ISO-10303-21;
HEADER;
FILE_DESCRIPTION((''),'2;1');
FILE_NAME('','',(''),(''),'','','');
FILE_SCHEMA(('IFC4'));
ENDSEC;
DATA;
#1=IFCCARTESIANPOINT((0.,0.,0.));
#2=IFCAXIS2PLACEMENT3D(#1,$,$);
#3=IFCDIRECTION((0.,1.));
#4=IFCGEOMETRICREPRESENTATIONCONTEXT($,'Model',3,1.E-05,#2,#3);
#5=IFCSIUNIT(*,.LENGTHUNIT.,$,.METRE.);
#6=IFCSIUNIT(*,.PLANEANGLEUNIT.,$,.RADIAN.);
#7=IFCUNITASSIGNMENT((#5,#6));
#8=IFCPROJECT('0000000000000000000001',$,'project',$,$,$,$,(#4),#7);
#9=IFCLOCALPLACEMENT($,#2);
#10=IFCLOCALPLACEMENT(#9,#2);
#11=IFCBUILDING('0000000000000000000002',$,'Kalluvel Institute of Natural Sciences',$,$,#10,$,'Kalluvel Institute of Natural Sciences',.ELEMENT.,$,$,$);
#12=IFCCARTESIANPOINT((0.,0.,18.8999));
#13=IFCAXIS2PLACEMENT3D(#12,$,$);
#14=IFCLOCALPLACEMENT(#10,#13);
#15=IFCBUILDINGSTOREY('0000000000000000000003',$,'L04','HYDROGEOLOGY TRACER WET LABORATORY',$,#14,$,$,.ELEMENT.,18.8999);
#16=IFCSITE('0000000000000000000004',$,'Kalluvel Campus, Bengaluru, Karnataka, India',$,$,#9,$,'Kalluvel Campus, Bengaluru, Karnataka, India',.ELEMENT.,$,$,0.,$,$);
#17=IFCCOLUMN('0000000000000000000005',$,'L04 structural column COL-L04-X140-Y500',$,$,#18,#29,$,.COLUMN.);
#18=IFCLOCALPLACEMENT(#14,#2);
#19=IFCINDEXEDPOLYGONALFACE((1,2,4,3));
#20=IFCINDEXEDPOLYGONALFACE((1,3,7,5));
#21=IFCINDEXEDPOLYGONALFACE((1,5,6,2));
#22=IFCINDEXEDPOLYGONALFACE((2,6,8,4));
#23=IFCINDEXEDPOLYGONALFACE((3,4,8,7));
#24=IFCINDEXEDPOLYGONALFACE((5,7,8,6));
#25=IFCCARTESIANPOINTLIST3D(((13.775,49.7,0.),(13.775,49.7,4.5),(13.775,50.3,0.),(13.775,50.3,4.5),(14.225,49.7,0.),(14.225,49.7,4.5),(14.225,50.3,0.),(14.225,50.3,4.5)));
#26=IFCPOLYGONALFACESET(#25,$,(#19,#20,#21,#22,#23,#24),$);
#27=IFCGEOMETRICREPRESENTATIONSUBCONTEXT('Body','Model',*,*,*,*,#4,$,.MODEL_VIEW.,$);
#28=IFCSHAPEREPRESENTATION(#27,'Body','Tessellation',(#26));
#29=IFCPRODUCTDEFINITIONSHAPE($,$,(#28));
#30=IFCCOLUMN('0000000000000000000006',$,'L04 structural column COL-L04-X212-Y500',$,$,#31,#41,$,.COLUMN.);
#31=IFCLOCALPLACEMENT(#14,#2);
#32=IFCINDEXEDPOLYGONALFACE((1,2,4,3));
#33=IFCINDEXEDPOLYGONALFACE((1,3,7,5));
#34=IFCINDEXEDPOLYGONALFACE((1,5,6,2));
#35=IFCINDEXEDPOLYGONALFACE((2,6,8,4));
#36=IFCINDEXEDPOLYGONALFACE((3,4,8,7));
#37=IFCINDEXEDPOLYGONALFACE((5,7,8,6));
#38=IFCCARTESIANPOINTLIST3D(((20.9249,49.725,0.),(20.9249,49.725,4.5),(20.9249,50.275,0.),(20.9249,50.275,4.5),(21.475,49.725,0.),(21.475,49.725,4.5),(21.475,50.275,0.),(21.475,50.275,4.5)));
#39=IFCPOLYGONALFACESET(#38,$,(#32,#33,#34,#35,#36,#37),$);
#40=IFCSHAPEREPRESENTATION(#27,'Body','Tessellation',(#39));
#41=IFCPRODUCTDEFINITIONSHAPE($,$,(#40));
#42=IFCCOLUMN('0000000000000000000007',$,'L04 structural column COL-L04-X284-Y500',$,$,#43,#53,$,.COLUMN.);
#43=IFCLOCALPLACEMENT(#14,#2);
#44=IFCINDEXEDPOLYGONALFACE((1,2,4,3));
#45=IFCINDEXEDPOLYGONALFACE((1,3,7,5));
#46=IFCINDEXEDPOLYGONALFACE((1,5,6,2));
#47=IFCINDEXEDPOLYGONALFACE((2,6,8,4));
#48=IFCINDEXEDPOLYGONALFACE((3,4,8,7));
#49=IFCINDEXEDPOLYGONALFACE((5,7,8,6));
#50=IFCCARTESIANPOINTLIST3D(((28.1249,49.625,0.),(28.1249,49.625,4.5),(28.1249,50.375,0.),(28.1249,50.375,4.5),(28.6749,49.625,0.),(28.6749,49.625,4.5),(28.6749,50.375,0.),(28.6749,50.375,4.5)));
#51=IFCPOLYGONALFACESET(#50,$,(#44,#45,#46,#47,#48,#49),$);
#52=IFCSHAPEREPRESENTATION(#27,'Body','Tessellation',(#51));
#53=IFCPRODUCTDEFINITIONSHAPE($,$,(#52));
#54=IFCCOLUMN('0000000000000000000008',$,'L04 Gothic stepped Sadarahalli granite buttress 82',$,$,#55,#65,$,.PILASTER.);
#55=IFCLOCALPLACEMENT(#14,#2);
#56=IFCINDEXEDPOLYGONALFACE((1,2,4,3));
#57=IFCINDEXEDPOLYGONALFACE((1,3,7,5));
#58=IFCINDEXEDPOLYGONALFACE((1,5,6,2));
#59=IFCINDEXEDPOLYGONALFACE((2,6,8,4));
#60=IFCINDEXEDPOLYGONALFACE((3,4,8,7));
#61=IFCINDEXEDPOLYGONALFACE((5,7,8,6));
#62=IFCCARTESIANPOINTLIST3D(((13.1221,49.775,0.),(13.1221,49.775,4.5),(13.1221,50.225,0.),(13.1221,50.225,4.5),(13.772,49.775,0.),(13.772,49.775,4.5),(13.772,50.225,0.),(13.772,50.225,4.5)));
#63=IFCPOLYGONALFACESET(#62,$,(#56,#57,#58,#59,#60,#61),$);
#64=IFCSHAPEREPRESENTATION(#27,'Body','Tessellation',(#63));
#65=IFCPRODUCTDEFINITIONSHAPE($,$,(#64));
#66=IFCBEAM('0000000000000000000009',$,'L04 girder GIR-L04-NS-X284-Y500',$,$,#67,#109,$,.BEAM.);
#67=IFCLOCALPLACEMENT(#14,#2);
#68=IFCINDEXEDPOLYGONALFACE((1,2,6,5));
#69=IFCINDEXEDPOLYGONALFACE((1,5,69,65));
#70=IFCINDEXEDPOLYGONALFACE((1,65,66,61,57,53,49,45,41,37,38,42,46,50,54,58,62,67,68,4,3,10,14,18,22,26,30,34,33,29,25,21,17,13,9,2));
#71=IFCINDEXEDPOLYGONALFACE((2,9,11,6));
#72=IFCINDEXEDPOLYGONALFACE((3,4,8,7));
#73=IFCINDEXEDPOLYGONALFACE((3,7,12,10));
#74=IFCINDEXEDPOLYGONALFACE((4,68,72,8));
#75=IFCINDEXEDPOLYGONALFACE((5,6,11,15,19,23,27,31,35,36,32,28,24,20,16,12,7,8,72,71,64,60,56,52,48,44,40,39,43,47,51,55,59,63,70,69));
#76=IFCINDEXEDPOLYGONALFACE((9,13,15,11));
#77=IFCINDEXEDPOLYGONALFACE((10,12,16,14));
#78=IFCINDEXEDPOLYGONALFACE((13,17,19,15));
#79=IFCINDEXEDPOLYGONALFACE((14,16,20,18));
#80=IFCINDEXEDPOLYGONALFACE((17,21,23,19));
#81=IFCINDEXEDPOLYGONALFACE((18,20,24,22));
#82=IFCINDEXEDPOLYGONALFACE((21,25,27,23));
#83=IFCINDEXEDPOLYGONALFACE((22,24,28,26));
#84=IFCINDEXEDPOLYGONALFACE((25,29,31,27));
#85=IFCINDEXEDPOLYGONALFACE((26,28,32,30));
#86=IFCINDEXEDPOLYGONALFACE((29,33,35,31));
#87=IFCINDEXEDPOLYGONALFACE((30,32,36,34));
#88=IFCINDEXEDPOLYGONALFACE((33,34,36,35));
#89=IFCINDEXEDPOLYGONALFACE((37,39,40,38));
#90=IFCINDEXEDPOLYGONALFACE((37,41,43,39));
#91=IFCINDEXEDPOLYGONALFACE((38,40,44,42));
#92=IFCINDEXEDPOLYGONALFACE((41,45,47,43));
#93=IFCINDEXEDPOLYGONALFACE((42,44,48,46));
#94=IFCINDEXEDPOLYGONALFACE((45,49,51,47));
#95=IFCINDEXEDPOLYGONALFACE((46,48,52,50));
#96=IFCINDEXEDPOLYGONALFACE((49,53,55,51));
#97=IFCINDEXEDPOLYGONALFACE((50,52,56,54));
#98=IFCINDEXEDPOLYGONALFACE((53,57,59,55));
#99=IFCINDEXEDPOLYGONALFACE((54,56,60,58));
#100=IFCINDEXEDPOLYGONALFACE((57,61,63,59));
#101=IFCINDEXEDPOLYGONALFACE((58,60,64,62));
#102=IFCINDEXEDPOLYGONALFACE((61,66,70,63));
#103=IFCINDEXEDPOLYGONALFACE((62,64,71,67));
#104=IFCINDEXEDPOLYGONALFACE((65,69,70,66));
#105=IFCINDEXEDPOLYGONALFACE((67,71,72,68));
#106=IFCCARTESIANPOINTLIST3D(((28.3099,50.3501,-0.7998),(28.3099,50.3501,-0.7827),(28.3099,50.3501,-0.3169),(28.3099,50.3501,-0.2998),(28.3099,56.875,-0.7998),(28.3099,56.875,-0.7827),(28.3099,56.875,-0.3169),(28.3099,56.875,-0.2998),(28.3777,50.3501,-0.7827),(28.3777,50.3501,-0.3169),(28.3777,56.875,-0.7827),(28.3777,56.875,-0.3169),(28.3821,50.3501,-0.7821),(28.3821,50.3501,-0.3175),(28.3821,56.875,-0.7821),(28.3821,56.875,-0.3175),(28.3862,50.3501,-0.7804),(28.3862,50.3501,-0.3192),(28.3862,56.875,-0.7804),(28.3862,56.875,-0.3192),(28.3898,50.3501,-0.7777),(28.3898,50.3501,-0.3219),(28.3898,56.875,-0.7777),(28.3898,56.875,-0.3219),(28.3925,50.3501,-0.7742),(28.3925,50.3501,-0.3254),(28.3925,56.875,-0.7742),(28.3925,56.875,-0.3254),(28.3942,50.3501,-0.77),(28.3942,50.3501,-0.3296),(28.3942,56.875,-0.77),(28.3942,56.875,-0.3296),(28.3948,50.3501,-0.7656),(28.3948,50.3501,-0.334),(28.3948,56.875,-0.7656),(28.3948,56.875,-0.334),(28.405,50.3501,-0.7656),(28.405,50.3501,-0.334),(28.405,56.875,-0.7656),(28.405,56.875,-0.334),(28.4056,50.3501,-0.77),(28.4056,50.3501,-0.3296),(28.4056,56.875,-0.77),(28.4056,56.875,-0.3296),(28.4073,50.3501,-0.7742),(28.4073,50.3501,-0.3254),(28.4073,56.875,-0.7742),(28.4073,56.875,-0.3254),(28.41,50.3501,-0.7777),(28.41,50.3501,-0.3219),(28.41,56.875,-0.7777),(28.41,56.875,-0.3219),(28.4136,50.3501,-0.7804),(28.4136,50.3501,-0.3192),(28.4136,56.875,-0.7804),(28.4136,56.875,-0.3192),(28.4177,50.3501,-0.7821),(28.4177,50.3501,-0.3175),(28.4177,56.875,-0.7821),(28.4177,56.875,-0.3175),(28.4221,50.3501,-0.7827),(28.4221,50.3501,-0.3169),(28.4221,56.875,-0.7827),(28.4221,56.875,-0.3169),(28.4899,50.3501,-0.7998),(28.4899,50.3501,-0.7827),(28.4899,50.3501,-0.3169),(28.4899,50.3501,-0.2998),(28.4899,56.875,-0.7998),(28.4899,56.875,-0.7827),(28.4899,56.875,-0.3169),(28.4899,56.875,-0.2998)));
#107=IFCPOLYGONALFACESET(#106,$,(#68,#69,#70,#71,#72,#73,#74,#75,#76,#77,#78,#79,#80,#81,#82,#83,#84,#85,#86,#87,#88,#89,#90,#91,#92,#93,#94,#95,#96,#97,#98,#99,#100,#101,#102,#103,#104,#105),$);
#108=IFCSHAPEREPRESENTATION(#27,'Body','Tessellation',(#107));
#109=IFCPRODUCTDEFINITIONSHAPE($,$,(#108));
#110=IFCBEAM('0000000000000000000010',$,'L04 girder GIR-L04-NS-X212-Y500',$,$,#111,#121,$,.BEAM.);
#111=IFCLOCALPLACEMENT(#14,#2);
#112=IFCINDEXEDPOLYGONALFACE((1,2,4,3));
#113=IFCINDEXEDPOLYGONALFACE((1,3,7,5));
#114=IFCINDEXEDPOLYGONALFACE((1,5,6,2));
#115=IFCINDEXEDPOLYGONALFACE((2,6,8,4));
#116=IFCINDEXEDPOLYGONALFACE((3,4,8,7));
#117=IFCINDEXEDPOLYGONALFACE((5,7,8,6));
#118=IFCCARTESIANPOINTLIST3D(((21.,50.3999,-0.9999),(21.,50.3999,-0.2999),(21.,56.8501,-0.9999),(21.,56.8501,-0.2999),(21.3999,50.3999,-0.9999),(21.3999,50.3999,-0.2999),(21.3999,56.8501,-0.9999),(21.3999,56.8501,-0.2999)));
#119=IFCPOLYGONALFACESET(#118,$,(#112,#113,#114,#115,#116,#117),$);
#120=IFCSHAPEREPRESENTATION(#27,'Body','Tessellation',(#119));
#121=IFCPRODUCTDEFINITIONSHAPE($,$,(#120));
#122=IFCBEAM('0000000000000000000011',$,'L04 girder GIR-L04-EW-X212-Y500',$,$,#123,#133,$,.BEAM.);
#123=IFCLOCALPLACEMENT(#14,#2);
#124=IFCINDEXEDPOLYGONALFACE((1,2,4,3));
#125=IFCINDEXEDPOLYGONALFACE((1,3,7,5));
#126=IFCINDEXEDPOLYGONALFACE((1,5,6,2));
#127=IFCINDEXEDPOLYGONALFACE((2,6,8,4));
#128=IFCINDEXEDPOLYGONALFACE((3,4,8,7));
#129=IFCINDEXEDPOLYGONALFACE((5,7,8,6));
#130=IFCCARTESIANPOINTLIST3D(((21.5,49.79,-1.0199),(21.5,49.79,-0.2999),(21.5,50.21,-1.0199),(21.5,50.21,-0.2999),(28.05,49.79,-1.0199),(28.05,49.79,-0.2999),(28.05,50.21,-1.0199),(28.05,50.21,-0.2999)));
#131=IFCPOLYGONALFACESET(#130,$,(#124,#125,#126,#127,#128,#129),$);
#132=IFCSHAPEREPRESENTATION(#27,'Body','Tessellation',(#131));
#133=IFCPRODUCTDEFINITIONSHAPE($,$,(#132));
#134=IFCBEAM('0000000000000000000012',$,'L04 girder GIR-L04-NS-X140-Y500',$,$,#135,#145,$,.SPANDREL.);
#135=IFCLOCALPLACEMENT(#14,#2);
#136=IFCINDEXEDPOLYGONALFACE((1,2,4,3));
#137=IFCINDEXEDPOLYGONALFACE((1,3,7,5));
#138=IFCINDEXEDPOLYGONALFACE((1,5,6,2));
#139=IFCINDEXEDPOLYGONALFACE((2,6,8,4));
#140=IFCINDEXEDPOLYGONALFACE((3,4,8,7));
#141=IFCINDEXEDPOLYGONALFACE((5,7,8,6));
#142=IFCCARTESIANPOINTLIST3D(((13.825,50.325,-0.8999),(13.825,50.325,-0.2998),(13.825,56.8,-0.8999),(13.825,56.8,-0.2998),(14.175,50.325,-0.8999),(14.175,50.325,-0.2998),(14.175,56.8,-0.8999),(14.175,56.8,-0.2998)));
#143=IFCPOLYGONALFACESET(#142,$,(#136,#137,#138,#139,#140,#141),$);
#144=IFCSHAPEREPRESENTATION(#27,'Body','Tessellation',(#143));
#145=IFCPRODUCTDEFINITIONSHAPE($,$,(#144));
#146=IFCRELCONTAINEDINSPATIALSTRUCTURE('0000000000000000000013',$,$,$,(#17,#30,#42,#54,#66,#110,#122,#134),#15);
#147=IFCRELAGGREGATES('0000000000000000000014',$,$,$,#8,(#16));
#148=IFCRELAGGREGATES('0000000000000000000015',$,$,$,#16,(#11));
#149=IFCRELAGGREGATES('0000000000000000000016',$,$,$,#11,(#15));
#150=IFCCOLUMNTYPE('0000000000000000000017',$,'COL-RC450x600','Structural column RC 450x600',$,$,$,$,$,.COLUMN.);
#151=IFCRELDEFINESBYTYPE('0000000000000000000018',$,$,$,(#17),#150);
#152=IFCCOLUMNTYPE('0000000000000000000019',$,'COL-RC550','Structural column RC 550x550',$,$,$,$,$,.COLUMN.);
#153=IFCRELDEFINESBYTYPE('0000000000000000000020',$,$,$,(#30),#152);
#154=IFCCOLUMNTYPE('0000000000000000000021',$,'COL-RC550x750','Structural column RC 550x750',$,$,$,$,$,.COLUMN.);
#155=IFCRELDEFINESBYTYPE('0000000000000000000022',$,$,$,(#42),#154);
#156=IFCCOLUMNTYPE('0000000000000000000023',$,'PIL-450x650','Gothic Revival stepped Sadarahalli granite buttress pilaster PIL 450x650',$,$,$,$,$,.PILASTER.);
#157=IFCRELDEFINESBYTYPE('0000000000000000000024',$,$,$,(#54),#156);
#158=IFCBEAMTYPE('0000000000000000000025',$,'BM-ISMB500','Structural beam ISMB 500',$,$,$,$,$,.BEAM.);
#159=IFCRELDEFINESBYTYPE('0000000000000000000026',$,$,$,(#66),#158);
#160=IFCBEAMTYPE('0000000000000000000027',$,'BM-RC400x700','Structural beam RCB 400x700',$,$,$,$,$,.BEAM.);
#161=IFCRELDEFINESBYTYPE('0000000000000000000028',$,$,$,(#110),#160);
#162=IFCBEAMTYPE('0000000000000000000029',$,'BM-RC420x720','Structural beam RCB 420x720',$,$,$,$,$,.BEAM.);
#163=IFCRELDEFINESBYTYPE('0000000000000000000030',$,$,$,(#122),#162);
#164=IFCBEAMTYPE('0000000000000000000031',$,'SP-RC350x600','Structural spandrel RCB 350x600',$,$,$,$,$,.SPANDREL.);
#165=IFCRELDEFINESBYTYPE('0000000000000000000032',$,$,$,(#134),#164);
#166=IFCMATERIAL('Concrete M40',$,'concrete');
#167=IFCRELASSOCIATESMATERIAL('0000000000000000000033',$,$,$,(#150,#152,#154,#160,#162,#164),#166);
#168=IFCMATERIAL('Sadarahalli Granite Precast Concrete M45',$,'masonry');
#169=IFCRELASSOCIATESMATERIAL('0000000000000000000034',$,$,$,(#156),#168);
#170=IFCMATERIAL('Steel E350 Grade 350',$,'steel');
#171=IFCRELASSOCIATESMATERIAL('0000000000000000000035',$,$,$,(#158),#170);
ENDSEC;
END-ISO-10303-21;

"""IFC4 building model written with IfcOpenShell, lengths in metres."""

from ifc_helpers import new_model, si_unit, direction, frame, origin, origin_2d, place, context, subcontext, project, spatial, rectangle, i_section, extrude, material, material_profile, profile_set, type_object, element, save


model = new_model("IFC4")

# Units and contexts
model_context = context("Model", 3, precision=1e-05, world=origin(), true_north=direction((0.0, 1.0)))
body_context = subcontext(model_context, "Body", "Model", "MODEL_VIEW")
ifc_project = project(units=[si_unit("LENGTHUNIT", "METRE"), si_unit("PLANEANGLEUNIT", "RADIAN")], contexts=[model_context])

# Site, building, storey
site_placement = place(None, origin())
site = spatial("IfcSite", under=ifc_project, at=site_placement, Name="Kalluvel Campus, Bengaluru, Karnataka, India", LongName="Kalluvel Campus, Bengaluru, Karnataka, India", CompositionType="ELEMENT", RefElevation=0.0)
building_placement = place(site_placement, origin())
building = spatial("IfcBuilding", under=site, at=building_placement, Name="Kalluvel Institute of Natural Sciences", LongName="Kalluvel Institute of Natural Sciences", CompositionType="ELEMENT")
storey_placement = place(building_placement, frame((0.0, 0.0, 18.8999)))
storey = spatial("IfcBuildingStorey", under=building, at=storey_placement, Name="L04", Description="HYDROGEOLOGY TRACER WET LABORATORY", CompositionType="ELEMENT", Elevation=18.8999)

# Columns
ifc_material_1 = material(Name="Concrete M40", Category="concrete")
ifc_material_profile_1 = material_profile(ifc_material_1, rectangle(XDim=0.45, YDim=0.6001, at=origin_2d()), Name="RC 450x600")
ifc_profile_set_1 = profile_set([ifc_material_profile_1], Name="Concrete M40")
column_type_1 = type_object("IfcColumnType", Name="COL-RC450x600", Description="Structural column RC 450x600", PredefinedType="COLUMN", material=ifc_profile_set_1)
column_1_placement = place(storey_placement, frame((14.0, 50.0, 0.0), z_axis=(0.0, 0.0, 1.0), x_axis=(1.0, 0.0, 0.0)))
element("IfcColumn", 1, at=column_1_placement, inside=storey, type_object=column_type_1, Name="L04 structural column COL-L04-X140-Y500", PredefinedType="COLUMN", context=body_context, shape_type="SweptSolid", body=[
    extrude(rectangle(XDim=0.45, YDim=0.6001, at=origin_2d()), origin(), (0.0, 0.0, 1.0), 4.5),
])
ifc_material_profile_2 = material_profile(ifc_material_1, rectangle(XDim=0.55, YDim=0.55, at=origin_2d()), Name="RC 550x550")
ifc_profile_set_2 = profile_set([ifc_material_profile_2], Name="Concrete M40")
column_type_2 = type_object("IfcColumnType", Name="COL-RC550", Description="Structural column RC 550x550", PredefinedType="COLUMN", material=ifc_profile_set_2)
column_2_placement = place(storey_placement, frame((21.2, 50.0, 0.0), z_axis=(0.0, 0.0, 1.0), x_axis=(1.0, 0.0, 0.0)))
element("IfcColumn", 2, at=column_2_placement, inside=storey, type_object=column_type_2, Name="L04 structural column COL-L04-X212-Y500", PredefinedType="COLUMN", context=body_context, shape_type="SweptSolid", body=[
    extrude(rectangle(XDim=0.55, YDim=0.55, at=origin_2d()), origin(), (0.0, 0.0, 1.0), 4.5),
])
ifc_material_profile_3 = material_profile(ifc_material_1, rectangle(XDim=0.55, YDim=0.75, at=origin_2d()), Name="RC 550x750")
ifc_profile_set_3 = profile_set([ifc_material_profile_3], Name="Concrete M40")
column_type_3 = type_object("IfcColumnType", Name="COL-RC550x750", Description="Structural column RC 550x750", PredefinedType="COLUMN", material=ifc_profile_set_3)
column_3_placement = place(storey_placement, frame((28.3999, 50.0, 0.0), z_axis=(0.0, 0.0, 1.0), x_axis=(1.0, 0.0, 0.0)))
element("IfcColumn", 3, at=column_3_placement, inside=storey, type_object=column_type_3, Name="L04 structural column COL-L04-X284-Y500", PredefinedType="COLUMN", context=body_context, shape_type="SweptSolid", body=[
    extrude(rectangle(XDim=0.55, YDim=0.75, at=origin_2d()), origin(), (0.0, 0.0, 1.0), 4.5),
])
ifc_material_2 = material(Name="Sadarahalli Granite Precast Concrete M45", Category="masonry")
ifc_material_profile_4 = material_profile(ifc_material_2, rectangle(XDim=0.45, YDim=0.6499, at=origin_2d()), Name="PIL 450x650")
ifc_profile_set_4 = profile_set([ifc_material_profile_4], Name="Sadarahalli Granite Precast Concrete M45")
column_type_4 = type_object("IfcColumnType", Name="PIL-450x650", Description="Gothic Revival stepped Sadarahalli granite buttress pilaster PIL 450x650", PredefinedType="PILASTER", material=ifc_profile_set_4)
column_4_placement = place(storey_placement, frame((13.447, 50.0, 0.0), z_axis=(0.0, 0.0, 1.0), x_axis=(0.0, 1.0, 0.0)))
element("IfcColumn", 4, at=column_4_placement, inside=storey, type_object=column_type_4, Name="L04 Gothic stepped Sadarahalli granite buttress 82", PredefinedType="PILASTER", context=body_context, shape_type="SweptSolid", body=[
    extrude(rectangle(XDim=0.45, YDim=0.6499, at=origin_2d()), origin(), (0.0, 0.0, 1.0), 4.5),
])

# Beams
ifc_material_3 = material(Name="Steel E350 Grade 350", Category="steel")
ifc_material_profile_5 = material_profile(ifc_material_3, i_section(OverallWidth=0.1799, OverallDepth=0.5, WebThickness=0.0103, FlangeThickness=0.0171, FilletRadius=0.0171, at=origin_2d()), Name="ISMB 500")
ifc_profile_set_5 = profile_set([ifc_material_profile_5], Name="Steel E350 Grade 350")
beam_type_1 = type_object("IfcBeamType", Name="BM-ISMB500", Description="Structural beam ISMB 500", PredefinedType="BEAM", material=ifc_profile_set_5)
beam_1_placement = place(storey_placement, frame((28.3999, 50.3501, -0.5498), z_axis=(0.0, 1.0, 0.0), x_axis=(-1.0, 0.0, 0.0)))
element("IfcBeam", 5, at=beam_1_placement, inside=storey, type_object=beam_type_1, Name="L04 girder GIR-L04-NS-X284-Y500", PredefinedType="BEAM", context=body_context, shape_type="SweptSolid", body=[
    extrude(i_section(OverallWidth=0.1799, OverallDepth=0.5, WebThickness=0.0103, FlangeThickness=0.0171, FilletRadius=0.0171, at=origin_2d()), origin(), (0.0, 0.0, 1.0), 6.5249),
])
ifc_material_profile_6 = material_profile(ifc_material_1, rectangle(XDim=0.3999, YDim=0.7, at=origin_2d()), Name="RCB 400x700")
ifc_profile_set_6 = profile_set([ifc_material_profile_6], Name="Concrete M40")
beam_type_2 = type_object("IfcBeamType", Name="BM-RC400x700", Description="Structural beam RCB 400x700", PredefinedType="BEAM", material=ifc_profile_set_6)
beam_2_placement = place(storey_placement, frame((21.2, 50.3999, -0.6499), z_axis=(0.0, 1.0, 0.0), x_axis=(-1.0, 0.0, 0.0)))
element("IfcBeam", 6, at=beam_2_placement, inside=storey, type_object=beam_type_2, Name="L04 girder GIR-L04-NS-X212-Y500", PredefinedType="BEAM", context=body_context, shape_type="SweptSolid", body=[
    extrude(rectangle(XDim=0.3999, YDim=0.7, at=origin_2d()), origin(), (0.0, 0.0, 1.0), 6.4502),
])
ifc_material_profile_7 = material_profile(ifc_material_1, rectangle(XDim=0.4199, YDim=0.72, at=origin_2d()), Name="RCB 420x720")
ifc_profile_set_7 = profile_set([ifc_material_profile_7], Name="Concrete M40")
beam_type_3 = type_object("IfcBeamType", Name="BM-RC420x720", Description="Structural beam RCB 420x720", PredefinedType="BEAM", material=ifc_profile_set_7)
beam_3_placement = place(storey_placement, frame((21.5, 50.0, -0.6599), z_axis=(1.0, 0.0, 0.0), x_axis=(0.0, 1.0, 0.0)))
element("IfcBeam", 7, at=beam_3_placement, inside=storey, type_object=beam_type_3, Name="L04 girder GIR-L04-EW-X212-Y500", PredefinedType="BEAM", context=body_context, shape_type="SweptSolid", body=[
    extrude(rectangle(XDim=0.4199, YDim=0.72, at=origin_2d()), origin(), (0.0, 0.0, 1.0), 6.55),
])
ifc_material_profile_8 = material_profile(ifc_material_1, rectangle(XDim=0.3501, YDim=0.6001, at=origin_2d()), Name="RCB 350x600")
ifc_profile_set_8 = profile_set([ifc_material_profile_8], Name="Concrete M40")
beam_type_4 = type_object("IfcBeamType", Name="SP-RC350x600", Description="Structural spandrel RCB 350x600", PredefinedType="SPANDREL", material=ifc_profile_set_8)
beam_4_placement = place(storey_placement, frame((14.0, 50.325, -0.5999), z_axis=(0.0, 1.0, 0.0), x_axis=(-1.0, 0.0, 0.0)))
element("IfcBeam", 8, at=beam_4_placement, inside=storey, type_object=beam_type_4, Name="L04 girder GIR-L04-NS-X140-Y500", PredefinedType="SPANDREL", context=body_context, shape_type="SweptSolid", body=[
    extrude(rectangle(XDim=0.3501, YDim=0.6001, at=origin_2d()), origin(), (0.0, 0.0, 1.0), 6.4751),
])

save(model, "model.ifc")
